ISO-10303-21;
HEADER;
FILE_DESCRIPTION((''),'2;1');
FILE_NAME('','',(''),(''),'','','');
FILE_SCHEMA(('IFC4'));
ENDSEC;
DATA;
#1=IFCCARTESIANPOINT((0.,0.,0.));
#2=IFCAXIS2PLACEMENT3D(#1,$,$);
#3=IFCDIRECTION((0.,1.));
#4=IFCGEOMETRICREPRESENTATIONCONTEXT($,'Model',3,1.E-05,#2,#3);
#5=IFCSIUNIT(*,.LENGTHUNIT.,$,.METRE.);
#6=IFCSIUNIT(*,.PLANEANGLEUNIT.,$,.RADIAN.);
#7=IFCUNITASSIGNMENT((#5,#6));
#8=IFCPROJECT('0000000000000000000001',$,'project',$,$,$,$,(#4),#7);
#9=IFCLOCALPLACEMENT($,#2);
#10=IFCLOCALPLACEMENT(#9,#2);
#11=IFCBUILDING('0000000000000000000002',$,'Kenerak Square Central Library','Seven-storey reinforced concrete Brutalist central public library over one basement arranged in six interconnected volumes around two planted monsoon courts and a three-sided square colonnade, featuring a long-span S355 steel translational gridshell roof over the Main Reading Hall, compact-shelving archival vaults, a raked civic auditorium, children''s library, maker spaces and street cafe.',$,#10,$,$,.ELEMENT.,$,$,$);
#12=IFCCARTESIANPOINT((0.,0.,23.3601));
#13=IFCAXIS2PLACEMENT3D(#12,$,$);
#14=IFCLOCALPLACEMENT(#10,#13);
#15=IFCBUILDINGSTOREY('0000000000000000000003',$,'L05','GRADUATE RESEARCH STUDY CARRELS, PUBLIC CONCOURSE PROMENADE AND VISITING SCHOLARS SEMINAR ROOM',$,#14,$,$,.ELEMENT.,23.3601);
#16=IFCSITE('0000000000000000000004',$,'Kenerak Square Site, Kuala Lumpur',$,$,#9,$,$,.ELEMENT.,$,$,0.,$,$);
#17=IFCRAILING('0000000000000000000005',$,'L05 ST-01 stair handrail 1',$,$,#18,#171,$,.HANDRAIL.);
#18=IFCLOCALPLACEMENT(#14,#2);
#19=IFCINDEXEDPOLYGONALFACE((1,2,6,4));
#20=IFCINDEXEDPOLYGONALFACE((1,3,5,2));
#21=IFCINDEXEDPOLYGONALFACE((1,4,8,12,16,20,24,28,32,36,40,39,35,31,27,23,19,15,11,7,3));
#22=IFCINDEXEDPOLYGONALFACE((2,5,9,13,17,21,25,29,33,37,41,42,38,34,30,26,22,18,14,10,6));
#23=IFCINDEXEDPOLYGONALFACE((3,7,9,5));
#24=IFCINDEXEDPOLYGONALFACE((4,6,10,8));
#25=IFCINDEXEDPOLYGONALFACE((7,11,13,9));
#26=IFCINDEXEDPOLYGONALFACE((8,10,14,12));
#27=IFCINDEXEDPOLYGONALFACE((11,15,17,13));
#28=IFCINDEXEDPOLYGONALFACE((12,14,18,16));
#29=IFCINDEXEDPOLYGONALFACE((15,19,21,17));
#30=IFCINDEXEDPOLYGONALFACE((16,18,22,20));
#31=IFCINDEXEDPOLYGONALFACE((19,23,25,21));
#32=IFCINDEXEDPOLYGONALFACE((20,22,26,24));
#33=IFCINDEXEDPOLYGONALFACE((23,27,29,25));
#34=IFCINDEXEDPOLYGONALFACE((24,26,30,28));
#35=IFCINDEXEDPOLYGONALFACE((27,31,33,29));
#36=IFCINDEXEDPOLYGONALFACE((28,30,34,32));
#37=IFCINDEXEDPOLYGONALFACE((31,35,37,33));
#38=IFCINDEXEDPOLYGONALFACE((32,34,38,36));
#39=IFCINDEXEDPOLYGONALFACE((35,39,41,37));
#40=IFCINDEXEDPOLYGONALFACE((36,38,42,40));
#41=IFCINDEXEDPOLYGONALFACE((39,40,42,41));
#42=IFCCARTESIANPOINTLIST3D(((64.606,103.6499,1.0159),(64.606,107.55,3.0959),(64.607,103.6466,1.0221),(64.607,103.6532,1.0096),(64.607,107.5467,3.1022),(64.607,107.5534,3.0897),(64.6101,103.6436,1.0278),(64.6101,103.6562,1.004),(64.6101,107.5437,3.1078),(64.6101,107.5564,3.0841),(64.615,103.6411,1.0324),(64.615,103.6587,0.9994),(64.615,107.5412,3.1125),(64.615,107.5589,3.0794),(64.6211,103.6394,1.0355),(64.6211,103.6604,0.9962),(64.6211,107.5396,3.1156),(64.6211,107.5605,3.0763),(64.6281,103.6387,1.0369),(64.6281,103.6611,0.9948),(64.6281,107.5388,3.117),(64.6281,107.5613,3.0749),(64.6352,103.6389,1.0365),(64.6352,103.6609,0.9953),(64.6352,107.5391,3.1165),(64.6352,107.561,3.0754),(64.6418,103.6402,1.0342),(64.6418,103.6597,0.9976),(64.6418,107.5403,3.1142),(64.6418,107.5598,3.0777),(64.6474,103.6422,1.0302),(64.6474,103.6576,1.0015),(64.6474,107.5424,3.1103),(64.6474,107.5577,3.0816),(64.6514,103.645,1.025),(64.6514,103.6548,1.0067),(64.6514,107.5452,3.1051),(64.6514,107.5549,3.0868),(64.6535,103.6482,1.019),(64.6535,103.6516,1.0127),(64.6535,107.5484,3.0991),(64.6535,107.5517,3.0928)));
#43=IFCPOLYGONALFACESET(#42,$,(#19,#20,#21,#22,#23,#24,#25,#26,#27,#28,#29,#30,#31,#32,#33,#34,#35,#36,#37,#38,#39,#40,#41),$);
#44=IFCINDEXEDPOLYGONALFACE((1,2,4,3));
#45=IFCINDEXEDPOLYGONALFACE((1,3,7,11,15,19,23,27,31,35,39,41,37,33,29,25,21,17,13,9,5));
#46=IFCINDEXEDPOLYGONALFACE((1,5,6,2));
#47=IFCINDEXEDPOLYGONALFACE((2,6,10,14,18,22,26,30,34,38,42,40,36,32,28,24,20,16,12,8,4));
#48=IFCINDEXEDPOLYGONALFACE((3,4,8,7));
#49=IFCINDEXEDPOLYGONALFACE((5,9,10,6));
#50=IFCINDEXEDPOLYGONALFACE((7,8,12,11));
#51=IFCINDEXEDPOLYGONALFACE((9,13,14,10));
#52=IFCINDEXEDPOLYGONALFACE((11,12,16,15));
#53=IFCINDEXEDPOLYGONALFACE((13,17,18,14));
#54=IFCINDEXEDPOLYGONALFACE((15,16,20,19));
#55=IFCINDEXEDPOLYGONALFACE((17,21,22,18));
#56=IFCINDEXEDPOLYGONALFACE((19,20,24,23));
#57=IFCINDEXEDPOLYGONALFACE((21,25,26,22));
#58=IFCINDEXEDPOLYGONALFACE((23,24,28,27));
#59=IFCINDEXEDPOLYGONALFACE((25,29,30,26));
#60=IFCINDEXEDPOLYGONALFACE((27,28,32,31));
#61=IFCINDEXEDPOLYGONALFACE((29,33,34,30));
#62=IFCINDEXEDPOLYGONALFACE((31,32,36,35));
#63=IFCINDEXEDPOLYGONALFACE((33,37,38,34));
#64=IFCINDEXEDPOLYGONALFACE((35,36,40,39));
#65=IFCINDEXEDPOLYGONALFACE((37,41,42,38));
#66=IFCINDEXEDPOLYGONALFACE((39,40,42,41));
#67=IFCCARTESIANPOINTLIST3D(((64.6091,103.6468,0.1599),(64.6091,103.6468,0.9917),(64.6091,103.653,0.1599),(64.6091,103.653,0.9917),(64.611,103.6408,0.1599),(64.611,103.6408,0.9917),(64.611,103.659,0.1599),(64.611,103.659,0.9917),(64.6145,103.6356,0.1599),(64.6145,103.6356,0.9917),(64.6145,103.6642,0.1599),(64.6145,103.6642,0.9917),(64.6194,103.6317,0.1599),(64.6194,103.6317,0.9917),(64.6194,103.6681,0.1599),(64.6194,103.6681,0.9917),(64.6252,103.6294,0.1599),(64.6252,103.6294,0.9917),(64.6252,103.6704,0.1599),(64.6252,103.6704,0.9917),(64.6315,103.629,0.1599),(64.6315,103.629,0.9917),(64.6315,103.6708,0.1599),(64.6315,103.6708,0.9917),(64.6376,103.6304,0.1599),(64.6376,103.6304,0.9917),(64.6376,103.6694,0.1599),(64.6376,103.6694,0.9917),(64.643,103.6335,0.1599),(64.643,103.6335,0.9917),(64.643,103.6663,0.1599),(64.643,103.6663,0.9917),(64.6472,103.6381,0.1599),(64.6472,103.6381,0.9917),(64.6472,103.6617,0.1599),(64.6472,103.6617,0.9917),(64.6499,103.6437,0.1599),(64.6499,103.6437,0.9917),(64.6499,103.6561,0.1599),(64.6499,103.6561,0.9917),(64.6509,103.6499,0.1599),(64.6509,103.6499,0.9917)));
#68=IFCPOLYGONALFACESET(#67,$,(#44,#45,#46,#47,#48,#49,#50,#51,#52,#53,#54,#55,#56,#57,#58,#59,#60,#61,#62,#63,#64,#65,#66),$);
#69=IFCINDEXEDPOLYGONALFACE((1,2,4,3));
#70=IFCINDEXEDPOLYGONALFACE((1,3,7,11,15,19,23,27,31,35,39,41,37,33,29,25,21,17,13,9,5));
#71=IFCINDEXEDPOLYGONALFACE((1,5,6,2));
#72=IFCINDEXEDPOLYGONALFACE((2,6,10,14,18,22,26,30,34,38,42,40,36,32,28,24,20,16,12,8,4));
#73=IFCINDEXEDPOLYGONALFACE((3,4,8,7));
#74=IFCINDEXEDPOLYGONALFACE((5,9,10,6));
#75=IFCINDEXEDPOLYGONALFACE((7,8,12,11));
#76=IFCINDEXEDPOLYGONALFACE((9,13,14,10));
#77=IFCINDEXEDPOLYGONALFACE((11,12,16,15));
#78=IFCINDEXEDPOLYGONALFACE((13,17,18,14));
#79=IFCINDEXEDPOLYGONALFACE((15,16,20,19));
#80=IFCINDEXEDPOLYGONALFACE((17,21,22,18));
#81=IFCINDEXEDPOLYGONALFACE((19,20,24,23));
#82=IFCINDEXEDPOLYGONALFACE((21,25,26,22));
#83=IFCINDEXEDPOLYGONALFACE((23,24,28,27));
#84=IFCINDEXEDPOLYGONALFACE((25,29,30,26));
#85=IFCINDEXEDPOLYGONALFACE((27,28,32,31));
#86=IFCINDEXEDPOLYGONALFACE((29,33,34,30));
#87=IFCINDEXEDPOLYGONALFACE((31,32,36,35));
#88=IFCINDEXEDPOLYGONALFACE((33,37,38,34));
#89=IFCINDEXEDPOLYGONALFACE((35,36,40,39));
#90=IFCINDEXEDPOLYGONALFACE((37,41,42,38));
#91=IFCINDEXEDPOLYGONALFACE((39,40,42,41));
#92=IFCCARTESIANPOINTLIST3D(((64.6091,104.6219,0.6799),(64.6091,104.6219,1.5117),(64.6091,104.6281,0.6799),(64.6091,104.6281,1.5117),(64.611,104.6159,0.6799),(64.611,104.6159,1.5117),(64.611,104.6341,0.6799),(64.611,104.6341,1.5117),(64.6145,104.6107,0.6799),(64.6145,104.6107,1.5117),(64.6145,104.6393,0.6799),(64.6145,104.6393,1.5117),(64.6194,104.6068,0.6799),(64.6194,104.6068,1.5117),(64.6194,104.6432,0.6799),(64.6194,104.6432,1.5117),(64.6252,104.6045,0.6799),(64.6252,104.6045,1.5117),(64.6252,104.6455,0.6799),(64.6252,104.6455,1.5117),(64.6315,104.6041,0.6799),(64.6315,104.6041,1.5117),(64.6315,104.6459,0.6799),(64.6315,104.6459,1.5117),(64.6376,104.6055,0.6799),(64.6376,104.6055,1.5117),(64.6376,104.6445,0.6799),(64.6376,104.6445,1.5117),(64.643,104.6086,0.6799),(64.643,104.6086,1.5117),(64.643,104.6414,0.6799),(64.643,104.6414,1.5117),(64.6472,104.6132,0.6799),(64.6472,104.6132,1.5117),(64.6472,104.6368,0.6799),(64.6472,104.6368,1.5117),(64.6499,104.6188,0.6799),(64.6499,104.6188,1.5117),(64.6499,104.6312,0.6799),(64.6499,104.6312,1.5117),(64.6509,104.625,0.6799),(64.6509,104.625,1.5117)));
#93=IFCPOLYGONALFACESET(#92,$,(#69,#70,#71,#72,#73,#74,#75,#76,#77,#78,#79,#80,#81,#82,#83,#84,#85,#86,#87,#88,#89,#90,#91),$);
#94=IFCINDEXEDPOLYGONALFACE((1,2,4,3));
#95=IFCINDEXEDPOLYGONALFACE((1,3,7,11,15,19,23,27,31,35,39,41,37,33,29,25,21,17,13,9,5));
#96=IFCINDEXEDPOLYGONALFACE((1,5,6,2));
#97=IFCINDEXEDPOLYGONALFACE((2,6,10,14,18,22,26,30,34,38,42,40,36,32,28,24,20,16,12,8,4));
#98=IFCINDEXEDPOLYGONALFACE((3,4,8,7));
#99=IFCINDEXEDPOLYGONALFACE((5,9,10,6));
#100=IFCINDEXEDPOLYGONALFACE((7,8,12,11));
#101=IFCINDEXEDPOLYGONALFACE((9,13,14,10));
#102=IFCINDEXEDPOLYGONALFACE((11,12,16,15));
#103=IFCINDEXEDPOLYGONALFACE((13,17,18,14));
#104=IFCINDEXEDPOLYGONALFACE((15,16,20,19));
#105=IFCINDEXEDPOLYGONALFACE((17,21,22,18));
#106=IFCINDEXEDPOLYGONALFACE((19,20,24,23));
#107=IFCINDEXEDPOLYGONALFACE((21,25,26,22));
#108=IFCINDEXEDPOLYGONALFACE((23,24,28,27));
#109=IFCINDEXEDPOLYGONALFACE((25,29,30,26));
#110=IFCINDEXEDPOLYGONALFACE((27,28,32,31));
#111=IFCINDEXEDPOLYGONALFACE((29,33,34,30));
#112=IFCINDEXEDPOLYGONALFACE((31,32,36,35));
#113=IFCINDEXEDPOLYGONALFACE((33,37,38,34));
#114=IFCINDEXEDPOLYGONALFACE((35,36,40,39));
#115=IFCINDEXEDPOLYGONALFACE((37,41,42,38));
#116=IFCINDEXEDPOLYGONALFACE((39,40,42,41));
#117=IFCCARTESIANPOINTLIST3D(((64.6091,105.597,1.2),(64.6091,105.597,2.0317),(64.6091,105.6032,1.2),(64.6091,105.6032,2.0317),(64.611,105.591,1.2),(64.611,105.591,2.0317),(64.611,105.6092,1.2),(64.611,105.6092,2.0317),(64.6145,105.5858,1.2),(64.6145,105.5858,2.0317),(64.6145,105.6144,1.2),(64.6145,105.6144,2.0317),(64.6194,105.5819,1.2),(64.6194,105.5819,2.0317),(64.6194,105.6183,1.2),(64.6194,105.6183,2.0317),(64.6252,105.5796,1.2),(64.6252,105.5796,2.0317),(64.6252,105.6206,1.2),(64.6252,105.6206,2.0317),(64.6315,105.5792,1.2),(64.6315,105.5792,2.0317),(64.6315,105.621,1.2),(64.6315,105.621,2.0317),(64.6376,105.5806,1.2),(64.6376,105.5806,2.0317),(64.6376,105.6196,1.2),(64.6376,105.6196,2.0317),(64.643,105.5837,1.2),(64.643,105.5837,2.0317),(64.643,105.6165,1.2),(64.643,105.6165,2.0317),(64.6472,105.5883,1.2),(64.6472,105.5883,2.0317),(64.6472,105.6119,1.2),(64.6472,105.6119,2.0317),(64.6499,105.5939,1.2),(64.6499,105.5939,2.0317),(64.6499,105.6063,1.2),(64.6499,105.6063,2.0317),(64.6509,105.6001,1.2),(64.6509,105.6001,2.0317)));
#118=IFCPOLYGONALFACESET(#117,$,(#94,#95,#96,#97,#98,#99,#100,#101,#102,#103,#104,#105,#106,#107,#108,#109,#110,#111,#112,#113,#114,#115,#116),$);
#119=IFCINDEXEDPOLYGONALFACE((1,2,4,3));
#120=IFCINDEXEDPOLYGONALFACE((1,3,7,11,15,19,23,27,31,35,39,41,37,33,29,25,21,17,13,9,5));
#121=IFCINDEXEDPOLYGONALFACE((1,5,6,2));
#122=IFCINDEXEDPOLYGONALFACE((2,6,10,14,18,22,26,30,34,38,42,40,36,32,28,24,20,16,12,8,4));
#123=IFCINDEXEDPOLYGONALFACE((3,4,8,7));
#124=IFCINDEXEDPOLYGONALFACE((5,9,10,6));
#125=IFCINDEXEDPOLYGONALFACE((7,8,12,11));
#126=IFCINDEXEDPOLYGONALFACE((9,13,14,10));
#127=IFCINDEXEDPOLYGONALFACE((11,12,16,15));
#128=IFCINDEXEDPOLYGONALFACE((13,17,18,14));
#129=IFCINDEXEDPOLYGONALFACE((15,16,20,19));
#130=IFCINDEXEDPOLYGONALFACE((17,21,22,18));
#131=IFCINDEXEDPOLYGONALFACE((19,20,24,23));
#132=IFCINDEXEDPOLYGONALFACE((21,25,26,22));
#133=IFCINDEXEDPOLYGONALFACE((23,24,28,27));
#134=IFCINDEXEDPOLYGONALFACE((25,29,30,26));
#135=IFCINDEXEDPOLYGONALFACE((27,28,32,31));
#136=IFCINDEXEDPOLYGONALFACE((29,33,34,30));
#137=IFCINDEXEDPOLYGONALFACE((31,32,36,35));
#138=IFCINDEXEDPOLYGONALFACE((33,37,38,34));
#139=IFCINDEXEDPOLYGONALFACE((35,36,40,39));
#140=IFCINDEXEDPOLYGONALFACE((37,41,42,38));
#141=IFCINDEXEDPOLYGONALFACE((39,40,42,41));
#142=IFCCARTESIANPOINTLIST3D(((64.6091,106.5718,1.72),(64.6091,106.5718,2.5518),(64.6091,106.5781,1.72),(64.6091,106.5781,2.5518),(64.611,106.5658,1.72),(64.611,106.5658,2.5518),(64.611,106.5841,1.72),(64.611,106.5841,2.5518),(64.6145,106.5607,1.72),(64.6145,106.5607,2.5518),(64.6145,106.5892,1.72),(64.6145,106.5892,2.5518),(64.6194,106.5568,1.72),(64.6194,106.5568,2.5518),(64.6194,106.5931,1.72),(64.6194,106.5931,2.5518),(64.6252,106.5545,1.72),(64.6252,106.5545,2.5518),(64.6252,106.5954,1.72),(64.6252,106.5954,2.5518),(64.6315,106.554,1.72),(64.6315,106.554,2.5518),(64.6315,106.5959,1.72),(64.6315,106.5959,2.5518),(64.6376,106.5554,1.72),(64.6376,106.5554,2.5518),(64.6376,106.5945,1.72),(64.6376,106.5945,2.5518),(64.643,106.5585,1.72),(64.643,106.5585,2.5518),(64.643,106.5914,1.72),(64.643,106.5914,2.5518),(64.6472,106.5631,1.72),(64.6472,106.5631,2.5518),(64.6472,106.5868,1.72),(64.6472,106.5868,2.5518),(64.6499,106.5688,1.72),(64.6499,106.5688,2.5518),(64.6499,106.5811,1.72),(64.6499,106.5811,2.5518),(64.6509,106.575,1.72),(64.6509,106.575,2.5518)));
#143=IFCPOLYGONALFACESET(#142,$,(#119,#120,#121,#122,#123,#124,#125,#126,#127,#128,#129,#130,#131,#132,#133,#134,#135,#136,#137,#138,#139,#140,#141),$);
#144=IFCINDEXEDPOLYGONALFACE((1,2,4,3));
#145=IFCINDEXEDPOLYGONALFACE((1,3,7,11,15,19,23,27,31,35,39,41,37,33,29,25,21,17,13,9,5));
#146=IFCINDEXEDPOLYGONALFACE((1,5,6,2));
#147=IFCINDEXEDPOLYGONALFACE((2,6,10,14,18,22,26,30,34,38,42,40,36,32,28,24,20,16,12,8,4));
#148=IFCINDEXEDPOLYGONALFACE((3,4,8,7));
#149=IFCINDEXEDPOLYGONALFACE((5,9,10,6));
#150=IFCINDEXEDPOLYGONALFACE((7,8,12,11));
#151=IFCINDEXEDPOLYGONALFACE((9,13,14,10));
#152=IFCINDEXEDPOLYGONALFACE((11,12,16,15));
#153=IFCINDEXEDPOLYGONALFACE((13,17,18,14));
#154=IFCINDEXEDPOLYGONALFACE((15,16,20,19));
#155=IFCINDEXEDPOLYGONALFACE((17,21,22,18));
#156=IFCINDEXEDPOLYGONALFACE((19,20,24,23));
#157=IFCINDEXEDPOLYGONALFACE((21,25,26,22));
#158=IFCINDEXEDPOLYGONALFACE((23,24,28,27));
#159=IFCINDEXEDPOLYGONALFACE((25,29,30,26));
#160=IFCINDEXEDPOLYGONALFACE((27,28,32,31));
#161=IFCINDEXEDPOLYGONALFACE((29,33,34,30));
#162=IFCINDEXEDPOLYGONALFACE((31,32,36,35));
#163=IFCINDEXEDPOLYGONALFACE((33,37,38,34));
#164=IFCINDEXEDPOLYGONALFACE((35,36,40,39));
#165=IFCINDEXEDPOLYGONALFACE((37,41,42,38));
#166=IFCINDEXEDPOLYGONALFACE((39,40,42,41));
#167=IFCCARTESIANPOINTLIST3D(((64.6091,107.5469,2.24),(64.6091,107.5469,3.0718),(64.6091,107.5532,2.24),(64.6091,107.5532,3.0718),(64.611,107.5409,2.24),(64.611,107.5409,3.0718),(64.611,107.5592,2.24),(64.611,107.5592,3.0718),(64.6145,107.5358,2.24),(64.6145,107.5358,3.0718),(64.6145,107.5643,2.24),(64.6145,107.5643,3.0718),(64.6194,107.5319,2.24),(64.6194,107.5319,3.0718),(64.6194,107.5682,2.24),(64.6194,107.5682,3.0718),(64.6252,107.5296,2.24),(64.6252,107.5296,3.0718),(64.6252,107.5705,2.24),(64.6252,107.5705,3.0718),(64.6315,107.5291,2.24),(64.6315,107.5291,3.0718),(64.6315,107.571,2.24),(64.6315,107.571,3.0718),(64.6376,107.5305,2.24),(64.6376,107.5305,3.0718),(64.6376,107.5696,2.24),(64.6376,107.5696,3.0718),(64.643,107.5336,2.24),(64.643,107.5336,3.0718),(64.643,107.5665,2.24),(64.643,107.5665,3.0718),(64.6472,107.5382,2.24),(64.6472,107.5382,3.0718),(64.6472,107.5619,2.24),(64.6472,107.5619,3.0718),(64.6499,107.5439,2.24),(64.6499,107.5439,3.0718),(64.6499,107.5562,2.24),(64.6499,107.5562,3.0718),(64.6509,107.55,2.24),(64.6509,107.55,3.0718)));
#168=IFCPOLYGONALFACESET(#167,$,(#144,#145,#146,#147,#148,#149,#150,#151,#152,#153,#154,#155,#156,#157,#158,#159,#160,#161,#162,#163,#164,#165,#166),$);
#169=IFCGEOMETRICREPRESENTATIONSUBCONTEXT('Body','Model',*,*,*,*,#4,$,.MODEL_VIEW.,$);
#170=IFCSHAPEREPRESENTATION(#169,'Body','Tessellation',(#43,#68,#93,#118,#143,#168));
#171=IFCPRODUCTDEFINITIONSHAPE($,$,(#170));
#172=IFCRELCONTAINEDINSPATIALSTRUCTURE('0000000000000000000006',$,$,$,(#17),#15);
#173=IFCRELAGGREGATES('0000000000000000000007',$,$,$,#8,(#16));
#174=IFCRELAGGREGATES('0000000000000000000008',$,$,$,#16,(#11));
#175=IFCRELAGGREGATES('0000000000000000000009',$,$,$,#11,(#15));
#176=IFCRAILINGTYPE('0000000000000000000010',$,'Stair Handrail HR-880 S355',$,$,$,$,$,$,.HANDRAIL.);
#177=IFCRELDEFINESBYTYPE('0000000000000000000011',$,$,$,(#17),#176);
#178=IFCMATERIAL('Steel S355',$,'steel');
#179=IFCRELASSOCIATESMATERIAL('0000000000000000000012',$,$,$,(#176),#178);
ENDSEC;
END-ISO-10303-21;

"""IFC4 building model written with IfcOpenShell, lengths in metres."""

from ifc_helpers import new_model, si_unit, direction, frame, origin, origin_2d, place, context, subcontext, project, spatial, circle, extrude, material, type_object, element, save


model = new_model("IFC4")

# Units and contexts
model_context = context("Model", 3, precision=1e-05, world=origin(), true_north=direction((0.0, 1.0)))
body_context = subcontext(model_context, "Body", "Model", "MODEL_VIEW")
ifc_project = project(units=[si_unit("LENGTHUNIT", "METRE"), si_unit("PLANEANGLEUNIT", "RADIAN")], contexts=[model_context])

# Site, building, storey
site_placement = place(None, origin())
site = spatial("IfcSite", under=ifc_project, at=site_placement, Name="Kenerak Square Site, Kuala Lumpur", CompositionType="ELEMENT", RefElevation=0.0)
building_placement = place(site_placement, origin())
building = spatial("IfcBuilding", under=site, at=building_placement, Name="Kenerak Square Central Library", Description="Seven-storey reinforced concrete Brutalist central public library over one basement arranged in six interconnected volumes around two planted monsoon courts and a three-sided square colonnade, featuring a long-span S355 steel translational gridshell roof over the Main Reading Hall, compact-shelving archival vaults, a raked civic auditorium, children's library, maker spaces and street cafe.", CompositionType="ELEMENT")
storey_placement = place(building_placement, frame((0.0, 0.0, 23.3601)))
storey = spatial("IfcBuildingStorey", under=building, at=storey_placement, Name="L05", Description="GRADUATE RESEARCH STUDY CARRELS, PUBLIC CONCOURSE PROMENADE AND VISITING SCHOLARS SEMINAR ROOM", CompositionType="ELEMENT", Elevation=23.3601)

# Shared definitions
ifc_material_1 = material(Name="Steel S355", Category="steel")

# Railing
railing_type_1 = type_object("IfcRailingType", Name="Stair Handrail HR-880 S355", PredefinedType="HANDRAIL", material=ifc_material_1)
railing_1_placement = place(storey_placement, frame((64.6299, 103.6499, 0.1599)))
element("IfcRailing", 1, at=railing_1_placement, inside=storey, type_object=railing_type_1, Name="L05 ST-01 stair handrail 1", PredefinedType="HANDRAIL", context=body_context, shape_type="SweptSolid", body=[
    extrude(circle(Radius=0.0239, at=origin_2d()), frame((0.0, 0.0, 0.856), z_axis=(0.0, 0.882353, 0.470588), x_axis=(-1.0, 0.0, 0.0)), (0.0, 0.0, 1.0), 4.4202),
    extrude(circle(Radius=0.021, at=origin_2d()), origin(), (0.0, 0.0, 1.0), 0.8318),
    extrude(circle(Radius=0.021, at=origin_2d()), frame((0.0, 0.9751, 0.52)), (0.0, 0.0, 1.0), 0.8318),
    extrude(circle(Radius=0.021, at=origin_2d()), frame((0.0, 1.9502, 1.04)), (0.0, 0.0, 1.0), 0.8318),
    extrude(circle(Radius=0.021, at=origin_2d()), frame((0.0, 2.925, 1.5601)), (0.0, 0.0, 1.0), 0.8318),
    extrude(circle(Radius=0.021, at=origin_2d()), frame((0.0, 3.9001, 2.0801)), (0.0, 0.0, 1.0), 0.8318),
])

save(model, "model.ifc")
